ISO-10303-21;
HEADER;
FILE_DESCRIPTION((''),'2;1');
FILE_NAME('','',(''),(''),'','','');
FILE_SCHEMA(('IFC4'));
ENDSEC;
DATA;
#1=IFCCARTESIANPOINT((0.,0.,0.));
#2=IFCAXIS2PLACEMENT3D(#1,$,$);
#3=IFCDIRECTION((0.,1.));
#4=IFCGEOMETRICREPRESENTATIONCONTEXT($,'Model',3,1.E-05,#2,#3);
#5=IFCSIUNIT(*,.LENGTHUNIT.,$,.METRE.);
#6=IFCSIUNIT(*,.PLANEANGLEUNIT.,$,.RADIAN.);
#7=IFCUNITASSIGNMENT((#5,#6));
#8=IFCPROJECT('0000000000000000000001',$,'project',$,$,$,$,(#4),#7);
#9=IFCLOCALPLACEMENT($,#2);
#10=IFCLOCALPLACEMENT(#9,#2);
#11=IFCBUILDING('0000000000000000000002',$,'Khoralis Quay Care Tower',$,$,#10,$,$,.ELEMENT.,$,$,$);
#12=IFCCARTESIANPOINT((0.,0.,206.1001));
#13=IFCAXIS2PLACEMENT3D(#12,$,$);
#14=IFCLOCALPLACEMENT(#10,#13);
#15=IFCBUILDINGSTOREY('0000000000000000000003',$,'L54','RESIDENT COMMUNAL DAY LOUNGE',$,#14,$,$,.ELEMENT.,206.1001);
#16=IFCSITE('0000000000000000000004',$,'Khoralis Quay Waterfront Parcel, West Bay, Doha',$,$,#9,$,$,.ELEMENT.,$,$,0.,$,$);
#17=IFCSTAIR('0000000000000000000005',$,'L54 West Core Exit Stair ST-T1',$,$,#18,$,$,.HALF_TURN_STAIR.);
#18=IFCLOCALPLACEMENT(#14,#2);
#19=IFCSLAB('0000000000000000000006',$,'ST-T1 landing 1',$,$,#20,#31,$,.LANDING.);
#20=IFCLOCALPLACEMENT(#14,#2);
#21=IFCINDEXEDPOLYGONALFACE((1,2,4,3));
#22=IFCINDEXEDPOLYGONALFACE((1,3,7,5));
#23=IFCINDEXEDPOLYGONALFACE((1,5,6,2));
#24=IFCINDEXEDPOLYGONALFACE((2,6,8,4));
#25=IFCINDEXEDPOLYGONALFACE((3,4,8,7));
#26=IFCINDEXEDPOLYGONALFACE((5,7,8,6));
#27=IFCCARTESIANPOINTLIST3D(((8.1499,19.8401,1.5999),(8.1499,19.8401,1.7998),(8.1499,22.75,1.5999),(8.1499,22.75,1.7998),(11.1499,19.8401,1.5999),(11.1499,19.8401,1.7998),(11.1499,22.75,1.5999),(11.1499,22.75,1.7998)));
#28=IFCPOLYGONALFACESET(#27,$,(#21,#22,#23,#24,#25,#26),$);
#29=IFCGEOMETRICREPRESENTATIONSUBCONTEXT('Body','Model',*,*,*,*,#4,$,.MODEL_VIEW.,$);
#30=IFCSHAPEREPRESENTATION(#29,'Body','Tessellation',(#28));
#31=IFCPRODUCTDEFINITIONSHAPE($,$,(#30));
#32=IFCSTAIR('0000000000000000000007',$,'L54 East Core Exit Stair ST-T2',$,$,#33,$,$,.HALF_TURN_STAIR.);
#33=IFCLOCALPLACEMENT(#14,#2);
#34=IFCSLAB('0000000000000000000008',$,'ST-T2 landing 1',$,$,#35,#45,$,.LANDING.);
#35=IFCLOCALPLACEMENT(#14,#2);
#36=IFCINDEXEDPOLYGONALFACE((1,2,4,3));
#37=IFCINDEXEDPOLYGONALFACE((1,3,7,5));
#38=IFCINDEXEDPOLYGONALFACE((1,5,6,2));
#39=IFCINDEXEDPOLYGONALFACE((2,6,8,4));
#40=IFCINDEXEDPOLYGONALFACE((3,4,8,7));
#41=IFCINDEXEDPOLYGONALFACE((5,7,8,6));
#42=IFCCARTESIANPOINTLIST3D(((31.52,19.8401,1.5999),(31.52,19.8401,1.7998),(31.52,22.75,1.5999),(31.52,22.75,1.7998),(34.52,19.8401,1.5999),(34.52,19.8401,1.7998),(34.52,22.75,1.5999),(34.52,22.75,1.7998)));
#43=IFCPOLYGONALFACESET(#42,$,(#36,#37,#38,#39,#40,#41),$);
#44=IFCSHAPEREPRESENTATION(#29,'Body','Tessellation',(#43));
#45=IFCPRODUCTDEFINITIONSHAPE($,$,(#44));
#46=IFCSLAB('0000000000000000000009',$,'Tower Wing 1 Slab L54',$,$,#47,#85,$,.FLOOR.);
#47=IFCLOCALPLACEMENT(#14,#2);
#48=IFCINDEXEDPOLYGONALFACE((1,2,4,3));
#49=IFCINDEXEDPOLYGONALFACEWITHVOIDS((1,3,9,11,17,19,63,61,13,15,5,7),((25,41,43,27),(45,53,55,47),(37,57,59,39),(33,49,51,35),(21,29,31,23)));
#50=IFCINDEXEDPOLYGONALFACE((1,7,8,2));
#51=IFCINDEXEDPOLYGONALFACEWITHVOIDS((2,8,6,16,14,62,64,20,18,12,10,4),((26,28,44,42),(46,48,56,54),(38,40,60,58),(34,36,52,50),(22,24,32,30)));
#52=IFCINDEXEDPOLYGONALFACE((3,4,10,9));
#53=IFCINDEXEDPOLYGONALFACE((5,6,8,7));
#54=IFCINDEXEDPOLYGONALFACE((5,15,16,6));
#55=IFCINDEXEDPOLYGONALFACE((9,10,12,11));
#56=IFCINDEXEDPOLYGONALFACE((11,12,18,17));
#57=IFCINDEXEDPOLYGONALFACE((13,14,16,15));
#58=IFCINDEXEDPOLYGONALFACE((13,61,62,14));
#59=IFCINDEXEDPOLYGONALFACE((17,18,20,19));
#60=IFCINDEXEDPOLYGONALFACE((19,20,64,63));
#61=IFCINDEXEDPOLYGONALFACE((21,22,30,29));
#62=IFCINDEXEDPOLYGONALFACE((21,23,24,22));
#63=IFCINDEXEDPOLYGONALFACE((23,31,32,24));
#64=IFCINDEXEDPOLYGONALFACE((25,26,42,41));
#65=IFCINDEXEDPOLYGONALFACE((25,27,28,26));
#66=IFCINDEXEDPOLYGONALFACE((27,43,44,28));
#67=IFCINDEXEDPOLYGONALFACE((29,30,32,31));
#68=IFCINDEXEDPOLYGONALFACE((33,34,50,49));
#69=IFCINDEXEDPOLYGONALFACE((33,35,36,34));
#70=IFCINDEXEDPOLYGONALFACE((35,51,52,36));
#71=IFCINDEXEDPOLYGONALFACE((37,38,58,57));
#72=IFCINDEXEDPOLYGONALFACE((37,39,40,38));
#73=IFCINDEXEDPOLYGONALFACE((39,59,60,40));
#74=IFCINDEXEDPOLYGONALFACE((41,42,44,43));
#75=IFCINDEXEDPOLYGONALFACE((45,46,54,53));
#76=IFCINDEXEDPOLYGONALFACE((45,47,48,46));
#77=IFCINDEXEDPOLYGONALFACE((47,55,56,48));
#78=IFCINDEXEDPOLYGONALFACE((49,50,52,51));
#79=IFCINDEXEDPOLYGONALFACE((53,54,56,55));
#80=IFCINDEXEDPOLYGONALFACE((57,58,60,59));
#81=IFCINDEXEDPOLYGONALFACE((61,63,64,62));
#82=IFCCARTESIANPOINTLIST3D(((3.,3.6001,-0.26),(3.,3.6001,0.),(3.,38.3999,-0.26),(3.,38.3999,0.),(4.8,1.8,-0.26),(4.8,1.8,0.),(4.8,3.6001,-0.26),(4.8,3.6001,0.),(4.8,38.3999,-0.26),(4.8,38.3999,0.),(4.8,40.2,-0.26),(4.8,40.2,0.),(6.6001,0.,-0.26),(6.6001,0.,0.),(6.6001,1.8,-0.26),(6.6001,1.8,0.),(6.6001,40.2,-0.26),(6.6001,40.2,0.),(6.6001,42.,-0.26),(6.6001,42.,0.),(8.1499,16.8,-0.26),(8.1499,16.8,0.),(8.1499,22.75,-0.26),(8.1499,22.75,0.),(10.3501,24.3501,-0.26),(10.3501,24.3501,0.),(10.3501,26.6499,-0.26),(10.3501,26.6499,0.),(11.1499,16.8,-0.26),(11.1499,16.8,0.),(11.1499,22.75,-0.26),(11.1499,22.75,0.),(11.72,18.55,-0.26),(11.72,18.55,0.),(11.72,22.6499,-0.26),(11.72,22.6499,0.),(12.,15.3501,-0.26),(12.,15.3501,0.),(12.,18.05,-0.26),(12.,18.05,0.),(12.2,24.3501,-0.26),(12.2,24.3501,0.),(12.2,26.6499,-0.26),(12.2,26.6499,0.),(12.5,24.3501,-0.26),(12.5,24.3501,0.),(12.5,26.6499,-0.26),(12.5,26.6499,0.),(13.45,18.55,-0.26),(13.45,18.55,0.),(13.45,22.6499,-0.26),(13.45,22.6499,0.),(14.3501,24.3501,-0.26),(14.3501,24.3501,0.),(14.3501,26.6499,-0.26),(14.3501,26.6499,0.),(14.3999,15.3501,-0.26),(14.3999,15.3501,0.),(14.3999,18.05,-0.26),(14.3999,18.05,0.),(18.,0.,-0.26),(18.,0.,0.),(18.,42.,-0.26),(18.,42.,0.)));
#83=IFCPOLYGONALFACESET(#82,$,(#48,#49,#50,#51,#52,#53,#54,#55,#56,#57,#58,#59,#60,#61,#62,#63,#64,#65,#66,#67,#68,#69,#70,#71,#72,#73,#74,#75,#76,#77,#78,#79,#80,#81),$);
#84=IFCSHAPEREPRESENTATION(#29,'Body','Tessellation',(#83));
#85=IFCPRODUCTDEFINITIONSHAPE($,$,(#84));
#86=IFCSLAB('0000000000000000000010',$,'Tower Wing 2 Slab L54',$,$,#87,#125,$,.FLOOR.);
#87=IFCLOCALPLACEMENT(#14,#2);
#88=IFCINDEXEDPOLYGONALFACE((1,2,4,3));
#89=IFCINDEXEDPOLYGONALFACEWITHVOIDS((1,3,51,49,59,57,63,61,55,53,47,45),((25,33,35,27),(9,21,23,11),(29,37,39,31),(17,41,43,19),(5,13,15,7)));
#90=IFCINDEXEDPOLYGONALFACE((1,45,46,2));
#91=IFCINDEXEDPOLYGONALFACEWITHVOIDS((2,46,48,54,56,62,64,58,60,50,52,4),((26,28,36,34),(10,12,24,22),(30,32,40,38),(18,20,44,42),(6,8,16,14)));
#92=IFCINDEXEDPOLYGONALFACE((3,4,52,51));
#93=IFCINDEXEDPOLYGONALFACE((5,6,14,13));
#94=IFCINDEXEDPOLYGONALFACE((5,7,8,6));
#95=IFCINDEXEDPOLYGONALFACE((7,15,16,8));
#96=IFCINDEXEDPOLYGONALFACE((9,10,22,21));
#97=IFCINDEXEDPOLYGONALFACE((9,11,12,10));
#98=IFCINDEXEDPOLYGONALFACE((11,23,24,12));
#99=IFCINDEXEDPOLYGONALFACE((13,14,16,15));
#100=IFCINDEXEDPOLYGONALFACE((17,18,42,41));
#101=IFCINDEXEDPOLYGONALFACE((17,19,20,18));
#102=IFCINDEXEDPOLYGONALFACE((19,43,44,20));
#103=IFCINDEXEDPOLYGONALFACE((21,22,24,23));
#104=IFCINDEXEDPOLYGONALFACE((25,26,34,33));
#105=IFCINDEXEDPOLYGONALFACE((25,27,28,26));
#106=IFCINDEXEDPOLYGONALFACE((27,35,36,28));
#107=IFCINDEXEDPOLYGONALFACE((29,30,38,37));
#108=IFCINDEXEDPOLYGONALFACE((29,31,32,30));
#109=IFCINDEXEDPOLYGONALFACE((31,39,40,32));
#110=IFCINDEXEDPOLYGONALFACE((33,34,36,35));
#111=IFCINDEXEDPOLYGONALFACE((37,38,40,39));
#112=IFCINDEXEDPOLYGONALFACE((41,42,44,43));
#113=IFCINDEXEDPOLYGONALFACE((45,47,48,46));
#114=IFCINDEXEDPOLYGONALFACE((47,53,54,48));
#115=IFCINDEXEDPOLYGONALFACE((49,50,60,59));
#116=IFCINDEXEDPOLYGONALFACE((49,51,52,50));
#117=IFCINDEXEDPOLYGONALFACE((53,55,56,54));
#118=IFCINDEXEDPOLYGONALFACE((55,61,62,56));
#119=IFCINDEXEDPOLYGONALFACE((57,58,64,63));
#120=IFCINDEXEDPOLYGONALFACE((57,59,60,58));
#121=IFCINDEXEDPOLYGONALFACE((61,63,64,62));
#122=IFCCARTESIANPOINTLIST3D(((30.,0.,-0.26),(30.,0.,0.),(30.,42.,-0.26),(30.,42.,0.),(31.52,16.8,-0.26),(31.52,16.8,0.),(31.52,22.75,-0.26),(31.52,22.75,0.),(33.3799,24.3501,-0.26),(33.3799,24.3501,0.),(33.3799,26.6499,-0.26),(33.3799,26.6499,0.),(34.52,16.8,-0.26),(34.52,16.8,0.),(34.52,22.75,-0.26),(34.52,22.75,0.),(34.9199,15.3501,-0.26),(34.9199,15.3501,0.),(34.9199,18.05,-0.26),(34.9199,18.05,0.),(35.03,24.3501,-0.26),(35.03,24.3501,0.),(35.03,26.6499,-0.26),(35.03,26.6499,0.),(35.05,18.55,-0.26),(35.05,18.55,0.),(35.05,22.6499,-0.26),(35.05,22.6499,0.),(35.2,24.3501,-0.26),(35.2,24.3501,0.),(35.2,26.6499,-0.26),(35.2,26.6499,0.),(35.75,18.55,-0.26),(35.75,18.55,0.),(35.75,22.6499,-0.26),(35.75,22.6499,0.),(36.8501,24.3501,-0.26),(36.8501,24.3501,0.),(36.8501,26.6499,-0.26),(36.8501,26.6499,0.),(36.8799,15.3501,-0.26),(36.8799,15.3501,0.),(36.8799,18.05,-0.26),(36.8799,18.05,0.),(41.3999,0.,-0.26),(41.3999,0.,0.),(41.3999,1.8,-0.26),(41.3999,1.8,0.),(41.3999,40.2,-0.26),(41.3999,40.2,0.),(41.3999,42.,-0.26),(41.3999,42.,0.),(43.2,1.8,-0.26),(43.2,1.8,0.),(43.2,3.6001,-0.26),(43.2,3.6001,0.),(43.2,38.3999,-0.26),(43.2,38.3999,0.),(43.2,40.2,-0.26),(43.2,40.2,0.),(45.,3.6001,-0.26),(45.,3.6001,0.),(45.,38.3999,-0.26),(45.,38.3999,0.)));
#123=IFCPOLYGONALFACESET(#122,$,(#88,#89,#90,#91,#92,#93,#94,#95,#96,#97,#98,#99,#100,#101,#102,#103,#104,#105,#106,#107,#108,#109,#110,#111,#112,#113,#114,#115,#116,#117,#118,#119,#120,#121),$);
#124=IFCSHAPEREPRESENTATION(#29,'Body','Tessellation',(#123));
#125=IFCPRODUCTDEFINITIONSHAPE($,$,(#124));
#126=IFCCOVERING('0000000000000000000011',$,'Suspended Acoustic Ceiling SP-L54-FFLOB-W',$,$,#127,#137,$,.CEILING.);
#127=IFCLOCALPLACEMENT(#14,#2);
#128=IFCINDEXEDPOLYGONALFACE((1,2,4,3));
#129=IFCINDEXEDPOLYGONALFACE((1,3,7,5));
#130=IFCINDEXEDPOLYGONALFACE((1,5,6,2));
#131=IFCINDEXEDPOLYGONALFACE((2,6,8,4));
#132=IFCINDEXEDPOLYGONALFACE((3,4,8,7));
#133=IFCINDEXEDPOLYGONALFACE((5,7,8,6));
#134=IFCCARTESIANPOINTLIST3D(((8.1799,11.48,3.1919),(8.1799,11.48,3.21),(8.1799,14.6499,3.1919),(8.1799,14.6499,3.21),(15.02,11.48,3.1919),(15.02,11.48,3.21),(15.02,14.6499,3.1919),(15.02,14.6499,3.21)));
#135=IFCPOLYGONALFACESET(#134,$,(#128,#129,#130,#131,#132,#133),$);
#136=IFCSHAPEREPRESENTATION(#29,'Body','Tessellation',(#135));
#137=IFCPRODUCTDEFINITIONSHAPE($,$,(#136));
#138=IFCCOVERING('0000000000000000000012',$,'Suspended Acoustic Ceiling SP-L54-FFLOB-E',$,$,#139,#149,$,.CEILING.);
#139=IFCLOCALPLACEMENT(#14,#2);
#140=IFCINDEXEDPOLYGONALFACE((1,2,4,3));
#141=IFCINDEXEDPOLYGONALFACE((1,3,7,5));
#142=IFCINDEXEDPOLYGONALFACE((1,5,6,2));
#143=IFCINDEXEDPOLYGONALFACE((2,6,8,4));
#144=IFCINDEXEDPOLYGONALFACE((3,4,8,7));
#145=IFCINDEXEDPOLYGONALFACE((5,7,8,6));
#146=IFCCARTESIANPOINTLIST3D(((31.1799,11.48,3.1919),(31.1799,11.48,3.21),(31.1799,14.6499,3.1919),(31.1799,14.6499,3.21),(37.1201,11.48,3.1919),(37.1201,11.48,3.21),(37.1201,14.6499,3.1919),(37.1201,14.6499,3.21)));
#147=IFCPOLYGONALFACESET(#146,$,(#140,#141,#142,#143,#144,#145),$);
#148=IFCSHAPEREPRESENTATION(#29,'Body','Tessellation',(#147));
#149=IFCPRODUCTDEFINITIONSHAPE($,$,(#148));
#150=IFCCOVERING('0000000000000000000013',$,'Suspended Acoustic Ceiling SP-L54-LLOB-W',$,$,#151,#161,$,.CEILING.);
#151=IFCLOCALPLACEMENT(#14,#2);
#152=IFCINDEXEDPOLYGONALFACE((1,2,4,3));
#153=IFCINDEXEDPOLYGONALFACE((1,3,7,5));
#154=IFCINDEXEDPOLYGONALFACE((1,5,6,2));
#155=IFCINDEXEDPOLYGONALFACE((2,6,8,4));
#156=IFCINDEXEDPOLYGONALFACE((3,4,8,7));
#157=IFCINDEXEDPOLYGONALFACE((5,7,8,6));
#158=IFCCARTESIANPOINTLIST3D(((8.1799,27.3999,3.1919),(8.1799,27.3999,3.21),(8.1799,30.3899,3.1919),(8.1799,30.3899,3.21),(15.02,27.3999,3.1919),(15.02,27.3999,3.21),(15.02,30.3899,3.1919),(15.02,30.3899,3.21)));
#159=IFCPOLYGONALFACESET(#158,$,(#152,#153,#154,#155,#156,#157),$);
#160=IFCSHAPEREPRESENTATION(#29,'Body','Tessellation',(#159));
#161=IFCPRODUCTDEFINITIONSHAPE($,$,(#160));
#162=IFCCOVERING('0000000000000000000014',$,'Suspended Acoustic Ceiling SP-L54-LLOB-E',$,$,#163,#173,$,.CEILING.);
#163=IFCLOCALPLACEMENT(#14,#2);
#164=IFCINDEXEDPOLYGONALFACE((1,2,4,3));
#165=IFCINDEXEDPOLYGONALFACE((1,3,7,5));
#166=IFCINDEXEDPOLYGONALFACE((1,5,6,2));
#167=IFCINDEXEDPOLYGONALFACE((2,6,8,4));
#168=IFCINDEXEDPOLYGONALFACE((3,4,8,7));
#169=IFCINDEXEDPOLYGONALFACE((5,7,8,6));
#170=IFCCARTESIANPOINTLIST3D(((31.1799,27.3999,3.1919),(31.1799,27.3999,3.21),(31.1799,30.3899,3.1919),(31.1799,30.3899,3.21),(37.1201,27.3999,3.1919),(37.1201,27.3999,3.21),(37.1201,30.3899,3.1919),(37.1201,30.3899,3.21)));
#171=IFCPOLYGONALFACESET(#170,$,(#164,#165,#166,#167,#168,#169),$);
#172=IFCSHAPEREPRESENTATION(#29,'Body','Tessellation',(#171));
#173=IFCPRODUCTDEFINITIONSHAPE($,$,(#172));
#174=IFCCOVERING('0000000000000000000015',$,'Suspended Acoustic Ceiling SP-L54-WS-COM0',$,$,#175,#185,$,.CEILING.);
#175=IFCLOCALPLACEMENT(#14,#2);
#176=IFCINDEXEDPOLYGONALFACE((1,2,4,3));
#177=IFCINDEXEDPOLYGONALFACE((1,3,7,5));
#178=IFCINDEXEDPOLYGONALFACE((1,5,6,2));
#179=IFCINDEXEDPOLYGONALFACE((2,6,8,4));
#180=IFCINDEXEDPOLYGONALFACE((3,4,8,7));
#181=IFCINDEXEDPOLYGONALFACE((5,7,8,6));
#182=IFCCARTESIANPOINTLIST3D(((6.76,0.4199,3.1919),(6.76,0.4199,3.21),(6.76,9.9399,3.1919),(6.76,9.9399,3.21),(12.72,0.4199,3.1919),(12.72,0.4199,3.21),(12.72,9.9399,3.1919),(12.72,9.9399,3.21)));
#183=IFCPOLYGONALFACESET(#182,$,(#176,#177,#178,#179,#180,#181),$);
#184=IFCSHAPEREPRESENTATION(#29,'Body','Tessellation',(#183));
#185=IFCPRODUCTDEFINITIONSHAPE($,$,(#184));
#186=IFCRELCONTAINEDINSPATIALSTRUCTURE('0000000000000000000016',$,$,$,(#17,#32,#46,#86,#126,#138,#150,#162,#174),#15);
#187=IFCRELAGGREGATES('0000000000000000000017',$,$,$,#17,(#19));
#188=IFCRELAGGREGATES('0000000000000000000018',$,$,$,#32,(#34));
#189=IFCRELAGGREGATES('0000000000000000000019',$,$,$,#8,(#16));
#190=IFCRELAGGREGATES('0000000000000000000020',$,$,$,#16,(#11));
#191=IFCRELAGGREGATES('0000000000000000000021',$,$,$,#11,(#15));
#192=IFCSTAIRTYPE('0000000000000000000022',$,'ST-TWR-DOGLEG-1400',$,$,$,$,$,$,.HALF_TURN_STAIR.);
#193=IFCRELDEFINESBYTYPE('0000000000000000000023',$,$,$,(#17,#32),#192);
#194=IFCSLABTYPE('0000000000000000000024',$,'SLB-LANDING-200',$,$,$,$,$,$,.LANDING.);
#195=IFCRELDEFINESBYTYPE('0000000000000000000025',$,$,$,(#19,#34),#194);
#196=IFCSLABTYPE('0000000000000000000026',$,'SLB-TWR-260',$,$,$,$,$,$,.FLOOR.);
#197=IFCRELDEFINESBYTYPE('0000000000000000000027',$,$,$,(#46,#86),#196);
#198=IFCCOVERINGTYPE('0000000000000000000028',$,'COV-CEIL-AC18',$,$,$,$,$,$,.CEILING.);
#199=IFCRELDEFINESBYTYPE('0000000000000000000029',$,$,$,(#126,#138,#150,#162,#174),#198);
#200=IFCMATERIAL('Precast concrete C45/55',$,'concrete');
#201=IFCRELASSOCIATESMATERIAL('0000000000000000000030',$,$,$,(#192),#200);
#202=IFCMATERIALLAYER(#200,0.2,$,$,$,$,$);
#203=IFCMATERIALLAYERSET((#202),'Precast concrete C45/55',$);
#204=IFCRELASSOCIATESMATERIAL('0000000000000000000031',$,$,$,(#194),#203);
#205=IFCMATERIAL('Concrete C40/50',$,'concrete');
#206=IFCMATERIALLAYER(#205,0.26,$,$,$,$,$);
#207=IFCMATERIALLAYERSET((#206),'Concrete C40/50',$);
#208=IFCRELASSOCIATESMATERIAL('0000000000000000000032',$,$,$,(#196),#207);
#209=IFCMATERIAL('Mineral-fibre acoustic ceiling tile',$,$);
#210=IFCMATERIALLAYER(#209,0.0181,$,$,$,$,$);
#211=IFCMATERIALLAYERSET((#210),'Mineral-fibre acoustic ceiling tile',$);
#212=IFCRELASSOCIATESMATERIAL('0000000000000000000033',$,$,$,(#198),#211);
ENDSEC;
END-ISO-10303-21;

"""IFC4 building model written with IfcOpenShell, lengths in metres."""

from ifc_helpers import new_model, si_unit, direction, frame, origin, place, context, subcontext, project, spatial, polyline, outline, extrude, material, layer, layer_set, type_object, element, aggregate, save


model = new_model("IFC4")

# Units and contexts
model_context = context("Model", 3, precision=1e-05, world=origin(), true_north=direction((0.0, 1.0)))
body_context = subcontext(model_context, "Body", "Model", "MODEL_VIEW")
ifc_project = project(units=[si_unit("LENGTHUNIT", "METRE"), si_unit("PLANEANGLEUNIT", "RADIAN")], contexts=[model_context])

# Site, building, storey
site_placement = place(None, origin())
site = spatial("IfcSite", under=ifc_project, at=site_placement, Name="Khoralis Quay Waterfront Parcel, West Bay, Doha", CompositionType="ELEMENT", RefElevation=0.0)
building_placement = place(site_placement, origin())
building = spatial("IfcBuilding", under=site, at=building_placement, Name="Khoralis Quay Care Tower", CompositionType="ELEMENT")
storey_placement = place(building_placement, frame((0.0, 0.0, 206.1001)))
storey = spatial("IfcBuildingStorey", under=building, at=storey_placement, Name="L54", Description="RESIDENT COMMUNAL DAY LOUNGE", CompositionType="ELEMENT", Elevation=206.1001)

# Stairs, slabs
ifc_material_1 = material(Name="Precast concrete C45/55", Category="concrete")
stair_type = type_object("IfcStairType", Name="ST-TWR-DOGLEG-1400", PredefinedType="HALF_TURN_STAIR", material=ifc_material_1)
stair_1_placement = place(storey_placement, origin())
stair_1 = element("IfcStair", 1, at=stair_1_placement, inside=storey, type_object=stair_type, Name="L54 West Core Exit Stair ST-T1", PredefinedType="HALF_TURN_STAIR")
ifc_layer_1 = layer(ifc_material_1, 0.2)
ifc_layer_set_1 = layer_set([ifc_layer_1], Name="Precast concrete C45/55")
slab_type_1 = type_object("IfcSlabType", Name="SLB-LANDING-200", PredefinedType="LANDING", material=ifc_layer_set_1)
slab_1_placement = place(storey_placement, frame((0.0, 0.0, 1.5999)))
slab_1 = element("IfcSlab", 2, at=slab_1_placement, type_object=slab_type_1, Name="ST-T1 landing 1", PredefinedType="LANDING", context=body_context, shape_type="SweptSolid", body=[
    extrude(outline(polyline([(11.1499, 19.8401), (11.1499, 22.75), (8.1499, 22.75), (8.1499, 19.8401), (11.1499, 19.8401)])), origin(), (0.0, 0.0, 1.0), 0.2),
])
aggregate(stair_1, [slab_1])
stair_2_placement = place(storey_placement, origin())
stair_2 = element("IfcStair", 3, at=stair_2_placement, inside=storey, type_object=stair_type, Name="L54 East Core Exit Stair ST-T2", PredefinedType="HALF_TURN_STAIR")
slab_2_placement = place(storey_placement, frame((0.0, 0.0, 1.5999)))
slab_2 = element("IfcSlab", 4, at=slab_2_placement, type_object=slab_type_1, Name="ST-T2 landing 1", PredefinedType="LANDING", context=body_context, shape_type="SweptSolid", body=[
    extrude(outline(polyline([(34.52, 19.8401), (34.52, 22.75), (31.52, 22.75), (31.52, 19.8401), (34.52, 19.8401)])), origin(), (0.0, 0.0, 1.0), 0.2),
])
aggregate(stair_2, [slab_2])

# Slabs
ifc_material_2 = material(Name="Concrete C40/50", Category="concrete")
ifc_layer_2 = layer(ifc_material_2, 0.26)
ifc_layer_set_2 = layer_set([ifc_layer_2], Name="Concrete C40/50")
slab_type_2 = type_object("IfcSlabType", Name="SLB-TWR-260", PredefinedType="FLOOR", material=ifc_layer_set_2)
slab_3_placement = place(storey_placement, frame((0.0, 0.0, -0.26)))
element("IfcSlab", 5, at=slab_3_placement, inside=storey, type_object=slab_type_2, Name="Tower Wing 1 Slab L54", PredefinedType="FLOOR", context=body_context, shape_type="SweptSolid", body=[
    extrude(outline(polyline([(6.6001, 0.0), (18.0, 0.0), (18.0, 42.0), (6.6001, 42.0), (6.6001, 40.2), (4.8, 40.2), (4.8, 38.3999), (3.0, 38.3999), (3.0, 3.6001), (4.8, 3.6001), (4.8, 1.8), (6.6001, 1.8), (6.6001, 0.0)]), holes=[polyline([(11.1499, 16.8), (11.1499, 22.75), (8.1499, 22.75), (8.1499, 16.8), (11.1499, 16.8)]), polyline([(12.0, 15.3501), (14.3999, 15.3501), (14.3999, 18.05), (12.0, 18.05), (12.0, 15.3501)]), polyline([(10.3501, 24.3501), (12.2, 24.3501), (12.2, 26.6499), (10.3501, 26.6499), (10.3501, 24.3501)]), polyline([(12.5, 24.3501), (14.3501, 24.3501), (14.3501, 26.6499), (12.5, 26.6499), (12.5, 24.3501)]), polyline([(11.72, 18.55), (13.45, 18.55), (13.45, 22.6499), (11.72, 22.6499), (11.72, 18.55)])]), origin(), (0.0, 0.0, 1.0), 0.26),
])
slab_4_placement = place(storey_placement, frame((0.0, 0.0, -0.26)))
element("IfcSlab", 6, at=slab_4_placement, inside=storey, type_object=slab_type_2, Name="Tower Wing 2 Slab L54", PredefinedType="FLOOR", context=body_context, shape_type="SweptSolid", body=[
    extrude(outline(polyline([(30.0, 0.0), (41.3999, 0.0), (41.3999, 1.8), (43.2, 1.8), (43.2, 3.6001), (45.0, 3.6001), (45.0, 38.3999), (43.2, 38.3999), (43.2, 40.2), (41.3999, 40.2), (41.3999, 42.0), (30.0, 42.0), (30.0, 0.0)]), holes=[polyline([(34.52, 16.8), (34.52, 22.75), (31.52, 22.75), (31.52, 16.8), (34.52, 16.8)]), polyline([(34.9199, 15.3501), (36.8799, 15.3501), (36.8799, 18.05), (34.9199, 18.05), (34.9199, 15.3501)]), polyline([(33.3799, 24.3501), (35.03, 24.3501), (35.03, 26.6499), (33.3799, 26.6499), (33.3799, 24.3501)]), polyline([(35.2, 24.3501), (36.8501, 24.3501), (36.8501, 26.6499), (35.2, 26.6499), (35.2, 24.3501)]), polyline([(35.05, 18.55), (35.75, 18.55), (35.75, 22.6499), (35.05, 22.6499), (35.05, 18.55)])]), origin(), (0.0, 0.0, 1.0), 0.26),
])

# Coverings
ifc_material_3 = material(Name="Mineral-fibre acoustic ceiling tile")
ifc_layer_3 = layer(ifc_material_3, 0.0181)
ifc_layer_set_3 = layer_set([ifc_layer_3], Name="Mineral-fibre acoustic ceiling tile")
covering_type_1 = type_object("IfcCoveringType", Name="COV-CEIL-AC18", PredefinedType="CEILING", material=ifc_layer_set_3)
covering_1_placement = place(storey_placement, frame((0.0, 0.0, 3.1919)))
element("IfcCovering", 7, at=covering_1_placement, inside=storey, type_object=covering_type_1, Name="Suspended Acoustic Ceiling SP-L54-FFLOB-W", PredefinedType="CEILING", context=body_context, shape_type="SweptSolid", body=[
    extrude(outline(polyline([(8.1799, 11.48), (15.02, 11.48), (15.02, 14.6499), (8.1799, 14.6499), (8.1799, 11.48)])), origin(), (0.0, 0.0, 1.0), 0.0181),
])
covering_2_placement = place(storey_placement, frame((0.0, 0.0, 3.1919)))
element("IfcCovering", 8, at=covering_2_placement, inside=storey, type_object=covering_type_1, Name="Suspended Acoustic Ceiling SP-L54-FFLOB-E", PredefinedType="CEILING", context=body_context, shape_type="SweptSolid", body=[
    extrude(outline(polyline([(31.1799, 11.48), (37.1201, 11.48), (37.1201, 14.6499), (31.1799, 14.6499), (31.1799, 11.48)])), origin(), (0.0, 0.0, 1.0), 0.0181),
])
covering_3_placement = place(storey_placement, frame((0.0, 0.0, 3.1919)))
element("IfcCovering", 9, at=covering_3_placement, inside=storey, type_object=covering_type_1, Name="Suspended Acoustic Ceiling SP-L54-LLOB-W", PredefinedType="CEILING", context=body_context, shape_type="SweptSolid", body=[
    extrude(outline(polyline([(8.1799, 27.3999), (15.02, 27.3999), (15.02, 30.3899), (8.1799, 30.3899), (8.1799, 27.3999)])), origin(), (0.0, 0.0, 1.0), 0.0181),
])
covering_4_placement = place(storey_placement, frame((0.0, 0.0, 3.1919)))
element("IfcCovering", 10, at=covering_4_placement, inside=storey, type_object=covering_type_1, Name="Suspended Acoustic Ceiling SP-L54-LLOB-E", PredefinedType="CEILING", context=body_context, shape_type="SweptSolid", body=[
    extrude(outline(polyline([(31.1799, 27.3999), (37.1201, 27.3999), (37.1201, 30.3899), (31.1799, 30.3899), (31.1799, 27.3999)])), origin(), (0.0, 0.0, 1.0), 0.0181),
])
covering_5_placement = place(storey_placement, frame((0.0, 0.0, 3.1919)))
element("IfcCovering", 11, at=covering_5_placement, inside=storey, type_object=covering_type_1, Name="Suspended Acoustic Ceiling SP-L54-WS-COM0", PredefinedType="CEILING", context=body_context, shape_type="SweptSolid", body=[
    extrude(outline(polyline([(6.76, 0.4199), (12.72, 0.4199), (12.72, 9.9399), (6.76, 9.9399), (6.76, 0.4199)])), origin(), (0.0, 0.0, 1.0), 0.0181),
])

save(model, "model.ifc")
